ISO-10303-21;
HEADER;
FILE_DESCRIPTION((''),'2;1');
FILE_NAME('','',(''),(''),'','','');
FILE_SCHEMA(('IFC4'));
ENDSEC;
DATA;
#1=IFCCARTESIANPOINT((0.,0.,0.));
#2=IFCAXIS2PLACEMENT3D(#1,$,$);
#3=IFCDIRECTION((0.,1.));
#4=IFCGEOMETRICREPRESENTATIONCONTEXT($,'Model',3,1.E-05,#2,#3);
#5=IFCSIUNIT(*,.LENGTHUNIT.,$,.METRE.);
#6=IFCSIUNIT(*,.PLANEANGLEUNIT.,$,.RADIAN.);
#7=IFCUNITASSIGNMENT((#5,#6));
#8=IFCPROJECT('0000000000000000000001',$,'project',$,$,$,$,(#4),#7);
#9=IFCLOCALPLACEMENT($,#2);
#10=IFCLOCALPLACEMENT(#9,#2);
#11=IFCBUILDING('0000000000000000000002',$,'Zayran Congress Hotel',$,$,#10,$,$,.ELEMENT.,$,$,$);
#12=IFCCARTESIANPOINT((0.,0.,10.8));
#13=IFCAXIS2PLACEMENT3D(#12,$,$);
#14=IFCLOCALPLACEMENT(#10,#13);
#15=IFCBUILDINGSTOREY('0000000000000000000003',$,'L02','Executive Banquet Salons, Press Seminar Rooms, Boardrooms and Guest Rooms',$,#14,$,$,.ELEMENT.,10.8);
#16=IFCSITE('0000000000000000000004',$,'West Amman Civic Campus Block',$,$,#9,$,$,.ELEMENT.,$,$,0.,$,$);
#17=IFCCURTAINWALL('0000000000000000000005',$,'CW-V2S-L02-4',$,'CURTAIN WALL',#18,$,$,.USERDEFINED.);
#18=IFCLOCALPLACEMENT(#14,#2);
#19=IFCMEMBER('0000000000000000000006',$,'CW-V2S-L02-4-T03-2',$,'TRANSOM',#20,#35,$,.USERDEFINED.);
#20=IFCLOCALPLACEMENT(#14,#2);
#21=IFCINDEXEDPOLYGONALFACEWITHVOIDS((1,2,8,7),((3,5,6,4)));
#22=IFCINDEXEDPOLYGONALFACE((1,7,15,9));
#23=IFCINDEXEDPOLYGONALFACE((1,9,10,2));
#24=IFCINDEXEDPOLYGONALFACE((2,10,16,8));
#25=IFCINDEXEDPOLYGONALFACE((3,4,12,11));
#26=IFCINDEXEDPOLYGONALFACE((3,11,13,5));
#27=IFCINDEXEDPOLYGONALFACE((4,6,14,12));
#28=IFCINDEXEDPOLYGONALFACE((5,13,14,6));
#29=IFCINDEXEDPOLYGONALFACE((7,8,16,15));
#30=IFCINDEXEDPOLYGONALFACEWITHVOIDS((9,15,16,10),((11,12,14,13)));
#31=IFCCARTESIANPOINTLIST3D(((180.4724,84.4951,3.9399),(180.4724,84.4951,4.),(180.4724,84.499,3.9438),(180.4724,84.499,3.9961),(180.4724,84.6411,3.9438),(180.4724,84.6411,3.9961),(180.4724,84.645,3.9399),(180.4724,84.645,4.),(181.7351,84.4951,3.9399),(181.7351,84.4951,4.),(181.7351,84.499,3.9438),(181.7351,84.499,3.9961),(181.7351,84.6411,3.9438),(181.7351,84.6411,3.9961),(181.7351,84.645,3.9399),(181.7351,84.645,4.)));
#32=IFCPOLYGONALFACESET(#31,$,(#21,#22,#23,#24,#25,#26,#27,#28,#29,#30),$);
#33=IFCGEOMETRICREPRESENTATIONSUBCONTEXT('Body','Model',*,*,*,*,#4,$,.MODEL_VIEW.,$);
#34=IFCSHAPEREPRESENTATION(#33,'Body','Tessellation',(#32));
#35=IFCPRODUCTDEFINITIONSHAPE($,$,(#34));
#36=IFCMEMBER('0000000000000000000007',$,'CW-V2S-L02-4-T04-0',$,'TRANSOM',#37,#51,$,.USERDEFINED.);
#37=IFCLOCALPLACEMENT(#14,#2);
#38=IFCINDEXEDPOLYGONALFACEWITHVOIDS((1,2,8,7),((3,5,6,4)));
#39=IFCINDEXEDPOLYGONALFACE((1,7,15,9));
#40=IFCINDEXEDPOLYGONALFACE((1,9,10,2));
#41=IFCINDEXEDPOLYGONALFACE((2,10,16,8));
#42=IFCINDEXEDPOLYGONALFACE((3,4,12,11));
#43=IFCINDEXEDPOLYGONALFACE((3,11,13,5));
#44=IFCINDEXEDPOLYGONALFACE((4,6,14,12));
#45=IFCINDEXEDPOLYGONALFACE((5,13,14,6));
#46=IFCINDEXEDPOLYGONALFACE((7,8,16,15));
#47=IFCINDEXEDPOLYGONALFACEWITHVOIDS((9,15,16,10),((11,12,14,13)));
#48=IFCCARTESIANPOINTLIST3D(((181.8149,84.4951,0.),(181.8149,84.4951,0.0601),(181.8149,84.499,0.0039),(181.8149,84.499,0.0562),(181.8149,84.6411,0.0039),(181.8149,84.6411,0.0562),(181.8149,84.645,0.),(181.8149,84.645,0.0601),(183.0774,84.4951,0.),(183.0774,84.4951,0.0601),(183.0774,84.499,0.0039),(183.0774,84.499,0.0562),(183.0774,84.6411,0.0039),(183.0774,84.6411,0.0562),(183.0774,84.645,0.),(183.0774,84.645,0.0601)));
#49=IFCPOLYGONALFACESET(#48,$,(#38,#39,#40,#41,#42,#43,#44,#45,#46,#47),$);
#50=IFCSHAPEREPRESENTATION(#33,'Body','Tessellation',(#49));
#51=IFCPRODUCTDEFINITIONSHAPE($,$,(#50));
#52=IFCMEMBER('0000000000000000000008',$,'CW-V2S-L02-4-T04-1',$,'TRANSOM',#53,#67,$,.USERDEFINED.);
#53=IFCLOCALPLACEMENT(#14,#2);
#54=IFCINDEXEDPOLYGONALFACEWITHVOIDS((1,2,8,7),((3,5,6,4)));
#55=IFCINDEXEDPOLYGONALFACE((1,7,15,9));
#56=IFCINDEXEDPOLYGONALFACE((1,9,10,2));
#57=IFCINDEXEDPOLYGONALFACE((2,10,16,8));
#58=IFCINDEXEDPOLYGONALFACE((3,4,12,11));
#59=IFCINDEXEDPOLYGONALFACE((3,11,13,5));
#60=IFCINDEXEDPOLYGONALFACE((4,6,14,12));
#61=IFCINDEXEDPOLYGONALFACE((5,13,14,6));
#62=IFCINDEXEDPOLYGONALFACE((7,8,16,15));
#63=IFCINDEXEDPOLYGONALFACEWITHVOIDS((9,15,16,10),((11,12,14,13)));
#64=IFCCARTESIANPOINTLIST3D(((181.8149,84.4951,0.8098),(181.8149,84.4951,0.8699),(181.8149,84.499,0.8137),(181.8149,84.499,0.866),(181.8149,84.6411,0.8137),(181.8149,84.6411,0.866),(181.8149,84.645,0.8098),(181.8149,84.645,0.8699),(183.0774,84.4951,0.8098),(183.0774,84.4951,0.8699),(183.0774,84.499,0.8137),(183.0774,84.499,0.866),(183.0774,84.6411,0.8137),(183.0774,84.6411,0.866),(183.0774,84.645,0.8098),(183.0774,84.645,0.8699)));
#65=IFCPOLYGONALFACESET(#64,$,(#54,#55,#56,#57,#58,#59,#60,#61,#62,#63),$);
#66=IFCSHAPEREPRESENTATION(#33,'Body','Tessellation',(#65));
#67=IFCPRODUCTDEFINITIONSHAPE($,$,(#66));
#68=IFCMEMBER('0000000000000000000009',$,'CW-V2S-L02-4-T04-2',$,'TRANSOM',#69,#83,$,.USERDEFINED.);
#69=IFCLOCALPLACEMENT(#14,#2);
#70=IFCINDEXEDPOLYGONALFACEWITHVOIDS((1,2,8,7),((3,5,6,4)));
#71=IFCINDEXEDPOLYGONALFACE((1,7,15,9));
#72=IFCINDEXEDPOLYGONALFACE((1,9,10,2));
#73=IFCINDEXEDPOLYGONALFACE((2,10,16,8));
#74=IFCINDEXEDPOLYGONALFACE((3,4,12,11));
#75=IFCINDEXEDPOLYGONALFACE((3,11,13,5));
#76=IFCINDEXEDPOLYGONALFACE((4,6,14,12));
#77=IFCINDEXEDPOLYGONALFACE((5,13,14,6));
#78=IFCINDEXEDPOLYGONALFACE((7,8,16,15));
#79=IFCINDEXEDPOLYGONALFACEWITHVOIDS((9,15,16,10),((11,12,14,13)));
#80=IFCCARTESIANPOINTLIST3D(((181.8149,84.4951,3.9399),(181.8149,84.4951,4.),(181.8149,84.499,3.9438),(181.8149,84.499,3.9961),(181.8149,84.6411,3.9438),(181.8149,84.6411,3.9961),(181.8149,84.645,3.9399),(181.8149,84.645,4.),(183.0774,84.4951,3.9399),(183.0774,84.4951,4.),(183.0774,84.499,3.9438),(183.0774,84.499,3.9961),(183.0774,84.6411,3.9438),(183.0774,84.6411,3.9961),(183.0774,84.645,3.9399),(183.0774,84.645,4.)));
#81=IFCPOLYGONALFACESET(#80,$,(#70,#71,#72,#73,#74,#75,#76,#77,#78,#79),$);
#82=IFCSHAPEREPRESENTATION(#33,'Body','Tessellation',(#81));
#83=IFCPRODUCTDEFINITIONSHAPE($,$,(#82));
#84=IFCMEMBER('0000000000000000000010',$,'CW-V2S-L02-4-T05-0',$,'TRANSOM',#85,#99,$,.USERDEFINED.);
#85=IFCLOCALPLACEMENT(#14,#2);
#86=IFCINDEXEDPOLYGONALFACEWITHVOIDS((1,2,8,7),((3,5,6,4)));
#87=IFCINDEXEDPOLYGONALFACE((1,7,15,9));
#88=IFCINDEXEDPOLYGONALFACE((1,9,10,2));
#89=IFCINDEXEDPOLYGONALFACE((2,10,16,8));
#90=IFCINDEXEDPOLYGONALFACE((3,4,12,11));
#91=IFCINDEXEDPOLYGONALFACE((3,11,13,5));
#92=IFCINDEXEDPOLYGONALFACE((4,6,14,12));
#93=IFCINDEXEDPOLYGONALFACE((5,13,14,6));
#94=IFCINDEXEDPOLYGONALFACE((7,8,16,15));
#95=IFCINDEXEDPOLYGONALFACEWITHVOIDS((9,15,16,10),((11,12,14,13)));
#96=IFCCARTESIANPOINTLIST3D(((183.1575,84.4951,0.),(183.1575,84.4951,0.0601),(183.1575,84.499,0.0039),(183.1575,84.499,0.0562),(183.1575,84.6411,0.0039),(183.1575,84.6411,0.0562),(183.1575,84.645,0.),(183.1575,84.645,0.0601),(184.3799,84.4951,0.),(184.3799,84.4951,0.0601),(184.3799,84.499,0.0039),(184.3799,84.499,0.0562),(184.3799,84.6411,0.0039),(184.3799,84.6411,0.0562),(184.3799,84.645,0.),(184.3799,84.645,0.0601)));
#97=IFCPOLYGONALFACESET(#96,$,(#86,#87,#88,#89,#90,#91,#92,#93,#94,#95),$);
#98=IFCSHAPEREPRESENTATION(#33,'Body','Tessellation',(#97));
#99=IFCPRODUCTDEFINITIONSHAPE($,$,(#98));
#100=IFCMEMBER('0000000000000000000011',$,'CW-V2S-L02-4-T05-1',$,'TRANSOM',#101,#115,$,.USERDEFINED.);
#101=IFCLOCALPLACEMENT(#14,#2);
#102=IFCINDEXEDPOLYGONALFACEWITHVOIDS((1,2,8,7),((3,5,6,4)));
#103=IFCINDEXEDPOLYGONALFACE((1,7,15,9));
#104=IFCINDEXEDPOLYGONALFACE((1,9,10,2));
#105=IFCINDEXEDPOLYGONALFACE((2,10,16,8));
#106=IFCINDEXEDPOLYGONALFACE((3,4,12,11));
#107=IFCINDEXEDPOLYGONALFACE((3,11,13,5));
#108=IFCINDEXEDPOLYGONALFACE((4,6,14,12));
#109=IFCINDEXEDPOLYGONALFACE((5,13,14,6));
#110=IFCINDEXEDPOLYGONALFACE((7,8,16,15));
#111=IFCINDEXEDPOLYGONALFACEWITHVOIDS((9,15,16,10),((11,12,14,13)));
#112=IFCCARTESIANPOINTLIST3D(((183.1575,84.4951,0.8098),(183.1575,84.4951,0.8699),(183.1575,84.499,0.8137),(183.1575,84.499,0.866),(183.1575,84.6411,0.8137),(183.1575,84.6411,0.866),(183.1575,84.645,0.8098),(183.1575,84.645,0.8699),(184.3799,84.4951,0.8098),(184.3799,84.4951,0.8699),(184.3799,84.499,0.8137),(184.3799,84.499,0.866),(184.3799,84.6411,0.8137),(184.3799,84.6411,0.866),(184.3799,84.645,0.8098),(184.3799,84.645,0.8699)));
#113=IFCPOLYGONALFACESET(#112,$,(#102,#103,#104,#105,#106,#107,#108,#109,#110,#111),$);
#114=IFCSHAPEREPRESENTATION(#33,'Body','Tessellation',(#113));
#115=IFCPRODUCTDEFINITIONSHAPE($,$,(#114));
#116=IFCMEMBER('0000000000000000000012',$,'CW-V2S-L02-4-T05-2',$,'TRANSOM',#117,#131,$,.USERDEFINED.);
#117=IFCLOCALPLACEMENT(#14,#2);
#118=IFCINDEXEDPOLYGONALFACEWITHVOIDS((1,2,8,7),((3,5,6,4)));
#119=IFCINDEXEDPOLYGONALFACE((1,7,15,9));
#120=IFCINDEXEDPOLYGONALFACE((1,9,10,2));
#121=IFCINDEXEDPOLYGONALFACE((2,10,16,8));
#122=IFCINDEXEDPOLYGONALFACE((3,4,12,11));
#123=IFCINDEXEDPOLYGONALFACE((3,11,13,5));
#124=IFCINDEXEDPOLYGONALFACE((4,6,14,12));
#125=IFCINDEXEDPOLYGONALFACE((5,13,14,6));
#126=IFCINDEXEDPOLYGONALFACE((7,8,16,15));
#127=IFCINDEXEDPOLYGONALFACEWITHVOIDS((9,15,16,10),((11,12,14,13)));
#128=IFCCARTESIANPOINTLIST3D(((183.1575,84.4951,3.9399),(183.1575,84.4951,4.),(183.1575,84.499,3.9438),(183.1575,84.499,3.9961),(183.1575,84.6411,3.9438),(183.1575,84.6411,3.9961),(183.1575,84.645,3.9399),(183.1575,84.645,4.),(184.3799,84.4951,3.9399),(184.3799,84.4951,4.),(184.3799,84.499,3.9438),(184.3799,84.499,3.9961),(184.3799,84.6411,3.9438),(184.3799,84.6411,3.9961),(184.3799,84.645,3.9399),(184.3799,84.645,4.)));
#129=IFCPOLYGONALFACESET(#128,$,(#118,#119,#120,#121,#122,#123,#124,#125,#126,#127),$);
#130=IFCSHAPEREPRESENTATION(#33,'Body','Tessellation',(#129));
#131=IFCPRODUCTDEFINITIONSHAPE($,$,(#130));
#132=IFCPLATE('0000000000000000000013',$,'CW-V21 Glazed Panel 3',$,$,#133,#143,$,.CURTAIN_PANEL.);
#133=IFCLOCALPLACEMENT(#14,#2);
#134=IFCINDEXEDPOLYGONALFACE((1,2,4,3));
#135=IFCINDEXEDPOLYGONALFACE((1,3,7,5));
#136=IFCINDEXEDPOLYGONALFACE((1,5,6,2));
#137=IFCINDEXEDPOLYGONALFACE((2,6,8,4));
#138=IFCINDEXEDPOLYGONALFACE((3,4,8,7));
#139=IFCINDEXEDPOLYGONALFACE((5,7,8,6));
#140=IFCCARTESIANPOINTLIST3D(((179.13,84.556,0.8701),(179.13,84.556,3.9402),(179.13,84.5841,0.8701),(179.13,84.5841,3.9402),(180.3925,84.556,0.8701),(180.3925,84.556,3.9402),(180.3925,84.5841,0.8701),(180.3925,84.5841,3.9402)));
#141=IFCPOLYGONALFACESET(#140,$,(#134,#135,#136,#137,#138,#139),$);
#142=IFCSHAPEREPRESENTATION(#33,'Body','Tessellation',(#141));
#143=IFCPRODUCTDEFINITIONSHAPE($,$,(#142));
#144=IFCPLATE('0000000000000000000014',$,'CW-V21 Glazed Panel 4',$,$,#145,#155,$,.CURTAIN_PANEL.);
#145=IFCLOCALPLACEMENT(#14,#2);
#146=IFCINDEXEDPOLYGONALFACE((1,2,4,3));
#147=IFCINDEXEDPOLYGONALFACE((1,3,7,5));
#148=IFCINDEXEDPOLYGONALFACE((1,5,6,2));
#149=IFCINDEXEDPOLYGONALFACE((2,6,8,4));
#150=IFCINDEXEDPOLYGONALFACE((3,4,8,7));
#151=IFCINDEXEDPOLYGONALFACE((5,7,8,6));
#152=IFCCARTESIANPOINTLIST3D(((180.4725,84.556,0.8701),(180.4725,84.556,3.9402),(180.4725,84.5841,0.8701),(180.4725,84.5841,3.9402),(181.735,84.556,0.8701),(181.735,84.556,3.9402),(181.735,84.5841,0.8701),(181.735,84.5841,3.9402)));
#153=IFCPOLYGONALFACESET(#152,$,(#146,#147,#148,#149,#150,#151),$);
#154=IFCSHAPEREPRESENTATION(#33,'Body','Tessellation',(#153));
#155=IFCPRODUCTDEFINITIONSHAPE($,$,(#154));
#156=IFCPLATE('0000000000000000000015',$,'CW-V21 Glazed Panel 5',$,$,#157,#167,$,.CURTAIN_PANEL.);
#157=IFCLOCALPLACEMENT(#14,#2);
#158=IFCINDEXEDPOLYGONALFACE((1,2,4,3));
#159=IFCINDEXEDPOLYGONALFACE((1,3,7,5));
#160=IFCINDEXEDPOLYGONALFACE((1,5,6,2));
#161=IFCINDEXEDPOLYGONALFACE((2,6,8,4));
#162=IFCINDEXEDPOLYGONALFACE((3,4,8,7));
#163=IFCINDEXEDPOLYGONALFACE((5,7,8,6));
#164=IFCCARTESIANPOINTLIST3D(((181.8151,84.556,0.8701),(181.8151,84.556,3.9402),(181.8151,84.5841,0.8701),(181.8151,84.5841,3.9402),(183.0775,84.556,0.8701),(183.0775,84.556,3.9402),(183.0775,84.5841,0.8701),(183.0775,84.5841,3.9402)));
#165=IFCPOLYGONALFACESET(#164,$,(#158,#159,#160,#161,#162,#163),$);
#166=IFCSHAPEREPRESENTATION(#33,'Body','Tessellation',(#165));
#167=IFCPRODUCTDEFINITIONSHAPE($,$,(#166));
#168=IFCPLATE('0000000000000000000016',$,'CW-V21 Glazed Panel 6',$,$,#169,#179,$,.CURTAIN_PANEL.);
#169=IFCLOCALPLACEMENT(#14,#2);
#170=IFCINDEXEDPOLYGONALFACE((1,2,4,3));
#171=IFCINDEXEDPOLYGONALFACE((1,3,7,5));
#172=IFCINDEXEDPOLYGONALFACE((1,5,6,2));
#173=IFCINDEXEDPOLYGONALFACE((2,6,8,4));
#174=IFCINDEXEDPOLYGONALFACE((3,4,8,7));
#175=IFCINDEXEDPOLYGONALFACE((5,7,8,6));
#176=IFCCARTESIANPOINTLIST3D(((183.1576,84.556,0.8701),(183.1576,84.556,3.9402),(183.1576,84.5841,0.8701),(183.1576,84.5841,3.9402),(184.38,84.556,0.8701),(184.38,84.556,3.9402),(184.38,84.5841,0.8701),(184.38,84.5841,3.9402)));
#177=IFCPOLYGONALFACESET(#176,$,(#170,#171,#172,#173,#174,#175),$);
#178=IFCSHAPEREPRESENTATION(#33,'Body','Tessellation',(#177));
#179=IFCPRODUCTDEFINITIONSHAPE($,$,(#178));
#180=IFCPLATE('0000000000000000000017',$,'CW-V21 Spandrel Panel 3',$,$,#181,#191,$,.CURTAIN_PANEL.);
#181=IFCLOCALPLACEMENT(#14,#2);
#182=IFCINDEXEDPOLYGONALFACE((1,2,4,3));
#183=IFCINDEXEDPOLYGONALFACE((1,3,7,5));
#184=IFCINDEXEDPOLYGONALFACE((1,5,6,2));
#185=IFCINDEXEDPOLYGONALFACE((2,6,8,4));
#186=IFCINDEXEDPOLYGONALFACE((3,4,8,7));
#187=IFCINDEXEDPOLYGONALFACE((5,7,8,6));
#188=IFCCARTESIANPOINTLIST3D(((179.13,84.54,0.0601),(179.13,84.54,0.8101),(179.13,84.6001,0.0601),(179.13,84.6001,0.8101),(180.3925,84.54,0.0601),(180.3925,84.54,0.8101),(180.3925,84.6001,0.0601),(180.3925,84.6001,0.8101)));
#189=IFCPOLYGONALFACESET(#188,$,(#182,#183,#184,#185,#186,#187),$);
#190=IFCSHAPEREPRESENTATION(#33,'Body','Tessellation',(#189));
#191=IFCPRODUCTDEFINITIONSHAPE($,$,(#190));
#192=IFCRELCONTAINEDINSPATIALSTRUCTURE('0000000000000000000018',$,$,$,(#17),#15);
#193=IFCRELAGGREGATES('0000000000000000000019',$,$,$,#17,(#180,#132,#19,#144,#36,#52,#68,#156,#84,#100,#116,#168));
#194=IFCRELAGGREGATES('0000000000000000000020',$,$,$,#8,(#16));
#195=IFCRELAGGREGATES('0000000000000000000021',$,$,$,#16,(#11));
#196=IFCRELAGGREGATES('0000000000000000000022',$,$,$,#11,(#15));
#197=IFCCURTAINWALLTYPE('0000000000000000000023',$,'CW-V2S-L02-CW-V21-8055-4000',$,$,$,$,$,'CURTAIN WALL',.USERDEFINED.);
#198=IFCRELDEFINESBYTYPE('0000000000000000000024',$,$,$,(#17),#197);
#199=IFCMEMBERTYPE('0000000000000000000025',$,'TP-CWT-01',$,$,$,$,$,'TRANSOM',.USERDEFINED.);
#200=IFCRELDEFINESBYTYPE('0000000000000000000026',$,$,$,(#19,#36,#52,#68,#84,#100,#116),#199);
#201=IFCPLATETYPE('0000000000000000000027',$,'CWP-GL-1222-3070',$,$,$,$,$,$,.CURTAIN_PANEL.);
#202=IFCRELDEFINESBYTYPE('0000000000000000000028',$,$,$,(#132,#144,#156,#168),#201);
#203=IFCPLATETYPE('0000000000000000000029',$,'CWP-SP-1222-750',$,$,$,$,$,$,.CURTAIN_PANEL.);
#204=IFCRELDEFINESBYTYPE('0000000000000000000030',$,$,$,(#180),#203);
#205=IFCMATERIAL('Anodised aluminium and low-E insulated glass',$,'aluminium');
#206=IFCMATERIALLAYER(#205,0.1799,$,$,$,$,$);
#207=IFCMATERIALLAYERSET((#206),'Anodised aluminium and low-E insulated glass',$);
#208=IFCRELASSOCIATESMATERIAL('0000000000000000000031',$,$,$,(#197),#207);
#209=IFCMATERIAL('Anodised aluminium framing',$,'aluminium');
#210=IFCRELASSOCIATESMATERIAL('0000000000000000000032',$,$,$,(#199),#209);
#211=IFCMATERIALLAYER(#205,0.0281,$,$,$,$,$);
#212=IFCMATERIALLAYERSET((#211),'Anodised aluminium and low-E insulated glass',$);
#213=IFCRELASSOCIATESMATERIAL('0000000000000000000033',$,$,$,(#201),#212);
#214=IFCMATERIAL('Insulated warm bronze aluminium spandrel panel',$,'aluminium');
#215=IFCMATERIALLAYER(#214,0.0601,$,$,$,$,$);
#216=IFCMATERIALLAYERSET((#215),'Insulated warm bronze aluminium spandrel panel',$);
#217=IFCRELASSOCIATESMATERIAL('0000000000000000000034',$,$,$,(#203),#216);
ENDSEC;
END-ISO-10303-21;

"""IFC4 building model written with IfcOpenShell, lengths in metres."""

from ifc_helpers import new_model, si_unit, direction, frame, origin, origin_2d, place, context, subcontext, project, spatial, rectangle, hollow_rectangle, extrude, material, layer, layer_set, material_profile, profile_set, type_object, element, aggregate, save


model = new_model("IFC4")

# Units and contexts
model_context = context("Model", 3, precision=1e-05, world=origin(), true_north=direction((0.0, 1.0)))
body_context = subcontext(model_context, "Body", "Model", "MODEL_VIEW")
ifc_project = project(units=[si_unit("LENGTHUNIT", "METRE"), si_unit("PLANEANGLEUNIT", "RADIAN")], contexts=[model_context])

# Site, building, storey
site_placement = place(None, origin())
site = spatial("IfcSite", under=ifc_project, at=site_placement, Name="West Amman Civic Campus Block", CompositionType="ELEMENT", RefElevation=0.0)
building_placement = place(site_placement, origin())
building = spatial("IfcBuilding", under=site, at=building_placement, Name="Zayran Congress Hotel", CompositionType="ELEMENT")
storey_placement = place(building_placement, frame((0.0, 0.0, 10.8)))
storey = spatial("IfcBuildingStorey", under=building, at=storey_placement, Name="L02", Description="Executive Banquet Salons, Press Seminar Rooms, Boardrooms and Guest Rooms", CompositionType="ELEMENT", Elevation=10.8)

# Curtain wall, members, plates
ifc_material_1 = material(Name="Anodised aluminium and low-E insulated glass", Category="aluminium")
ifc_layer_1 = layer(ifc_material_1, 0.1799)
ifc_layer_set_1 = layer_set([ifc_layer_1], Name="Anodised aluminium and low-E insulated glass")
curtain_wall_type = type_object("IfcCurtainWallType", Name="CW-V2S-L02-CW-V21-8055-4000", ElementType="CURTAIN WALL", PredefinedType="USERDEFINED", material=ifc_layer_set_1)
curtain_wall_placement = place(storey_placement, origin())
curtain_wall = element("IfcCurtainWall", 1, at=curtain_wall_placement, inside=storey, type_object=curtain_wall_type, Name="CW-V2S-L02-4", ObjectType="CURTAIN WALL", PredefinedType="USERDEFINED")
ifc_material_2 = material(Name="Anodised aluminium framing", Category="aluminium")
ifc_material_profile_1 = material_profile(ifc_material_2, hollow_rectangle(XDim=0.0601, YDim=0.1499, WallThickness=0.0039, at=origin_2d()), Name="RHS 150x60x4")
ifc_profile_set_1 = profile_set([ifc_material_profile_1], Name="Anodised aluminium framing")
member_type_1 = type_object("IfcMemberType", Name="TP-CWT-01", ElementType="TRANSOM", PredefinedType="USERDEFINED", material=ifc_profile_set_1)
member_1_placement = place(storey_placement, frame((180.4724, 84.5701, 3.97), z_axis=(1.0, 0.0, 0.0), x_axis=(0.0, 0.0, 1.0)))
member_1 = element("IfcMember", 2, at=member_1_placement, type_object=member_type_1, Name="CW-V2S-L02-4-T03-2", ObjectType="TRANSOM", PredefinedType="USERDEFINED", context=body_context, shape_type="SweptSolid", body=[
    extrude(hollow_rectangle(XDim=0.0601, YDim=0.1499, WallThickness=0.0039, at=origin_2d()), origin(), (0.0, 0.0, 1.0), 1.2627),
])
member_2_placement = place(storey_placement, frame((181.8149, 84.5701, 0.03), z_axis=(1.0, 0.0, 0.0), x_axis=(0.0, 0.0, 1.0)))
member_2 = element("IfcMember", 3, at=member_2_placement, type_object=member_type_1, Name="CW-V2S-L02-4-T04-0", ObjectType="TRANSOM", PredefinedType="USERDEFINED", context=body_context, shape_type="SweptSolid", body=[
    extrude(hollow_rectangle(XDim=0.0601, YDim=0.1499, WallThickness=0.0039, at=origin_2d()), origin(), (0.0, 0.0, 1.0), 1.2625),
])
member_3_placement = place(storey_placement, frame((181.8149, 84.5701, 0.8398), z_axis=(1.0, 0.0, 0.0), x_axis=(0.0, 0.0, 1.0)))
member_3 = element("IfcMember", 4, at=member_3_placement, type_object=member_type_1, Name="CW-V2S-L02-4-T04-1", ObjectType="TRANSOM", PredefinedType="USERDEFINED", context=body_context, shape_type="SweptSolid", body=[
    extrude(hollow_rectangle(XDim=0.0601, YDim=0.1499, WallThickness=0.0039, at=origin_2d()), origin(), (0.0, 0.0, 1.0), 1.2625),
])
member_4_placement = place(storey_placement, frame((181.8149, 84.5701, 3.97), z_axis=(1.0, 0.0, 0.0), x_axis=(0.0, 0.0, 1.0)))
member_4 = element("IfcMember", 5, at=member_4_placement, type_object=member_type_1, Name="CW-V2S-L02-4-T04-2", ObjectType="TRANSOM", PredefinedType="USERDEFINED", context=body_context, shape_type="SweptSolid", body=[
    extrude(hollow_rectangle(XDim=0.0601, YDim=0.1499, WallThickness=0.0039, at=origin_2d()), origin(), (0.0, 0.0, 1.0), 1.2625),
])
member_5_placement = place(storey_placement, frame((183.1575, 84.5701, 0.03), z_axis=(1.0, 0.0, 0.0), x_axis=(0.0, 0.0, 1.0)))
member_5 = element("IfcMember", 6, at=member_5_placement, type_object=member_type_1, Name="CW-V2S-L02-4-T05-0", ObjectType="TRANSOM", PredefinedType="USERDEFINED", context=body_context, shape_type="SweptSolid", body=[
    extrude(hollow_rectangle(XDim=0.0601, YDim=0.1499, WallThickness=0.0039, at=origin_2d()), origin(), (0.0, 0.0, 1.0), 1.2224),
])
member_6_placement = place(storey_placement, frame((183.1575, 84.5701, 0.8398), z_axis=(1.0, 0.0, 0.0), x_axis=(0.0, 0.0, 1.0)))
member_6 = element("IfcMember", 7, at=member_6_placement, type_object=member_type_1, Name="CW-V2S-L02-4-T05-1", ObjectType="TRANSOM", PredefinedType="USERDEFINED", context=body_context, shape_type="SweptSolid", body=[
    extrude(hollow_rectangle(XDim=0.0601, YDim=0.1499, WallThickness=0.0039, at=origin_2d()), origin(), (0.0, 0.0, 1.0), 1.2224),
])
member_7_placement = place(storey_placement, frame((183.1575, 84.5701, 3.97), z_axis=(1.0, 0.0, 0.0), x_axis=(0.0, 0.0, 1.0)))
member_7 = element("IfcMember", 8, at=member_7_placement, type_object=member_type_1, Name="CW-V2S-L02-4-T05-2", ObjectType="TRANSOM", PredefinedType="USERDEFINED", context=body_context, shape_type="SweptSolid", body=[
    extrude(hollow_rectangle(XDim=0.0601, YDim=0.1499, WallThickness=0.0039, at=origin_2d()), origin(), (0.0, 0.0, 1.0), 1.2224),
])
ifc_layer_2 = layer(ifc_material_1, 0.0281)
ifc_layer_set_2 = layer_set([ifc_layer_2], Name="Anodised aluminium and low-E insulated glass")
plate_type_1 = type_object("IfcPlateType", Name="CWP-GL-1222-3070", PredefinedType="CURTAIN_PANEL", material=ifc_layer_set_2)
plate_1_placement = place(storey_placement, frame((179.7612, 84.5701, 0.8701), z_axis=(0.0, 0.0, 1.0), x_axis=(1.0, 0.0, 0.0)))
plate_1 = element("IfcPlate", 9, at=plate_1_placement, type_object=plate_type_1, Name="CW-V21 Glazed Panel 3", PredefinedType="CURTAIN_PANEL", context=body_context, shape_type="SweptSolid", body=[
    extrude(rectangle(XDim=1.2625, YDim=0.0281, at=origin_2d()), origin(), (0.0, 0.0, 1.0), 3.0701),
])
plate_2_placement = place(storey_placement, frame((181.1038, 84.5701, 0.8701), z_axis=(0.0, 0.0, 1.0), x_axis=(1.0, 0.0, 0.0)))
plate_2 = element("IfcPlate", 10, at=plate_2_placement, type_object=plate_type_1, Name="CW-V21 Glazed Panel 4", PredefinedType="CURTAIN_PANEL", context=body_context, shape_type="SweptSolid", body=[
    extrude(rectangle(XDim=1.2625, YDim=0.0281, at=origin_2d()), origin(), (0.0, 0.0, 1.0), 3.0701),
])
plate_3_placement = place(storey_placement, frame((182.4463, 84.5701, 0.8701), z_axis=(0.0, 0.0, 1.0), x_axis=(1.0, 0.0, 0.0)))
plate_3 = element("IfcPlate", 11, at=plate_3_placement, type_object=plate_type_1, Name="CW-V21 Glazed Panel 5", PredefinedType="CURTAIN_PANEL", context=body_context, shape_type="SweptSolid", body=[
    extrude(rectangle(XDim=1.2625, YDim=0.0281, at=origin_2d()), origin(), (0.0, 0.0, 1.0), 3.0701),
])
plate_4_placement = place(storey_placement, frame((183.7688, 84.5701, 0.8701), z_axis=(0.0, 0.0, 1.0), x_axis=(1.0, 0.0, 0.0)))
plate_4 = element("IfcPlate", 12, at=plate_4_placement, type_object=plate_type_1, Name="CW-V21 Glazed Panel 6", PredefinedType="CURTAIN_PANEL", context=body_context, shape_type="SweptSolid", body=[
    extrude(rectangle(XDim=1.2224, YDim=0.0281, at=origin_2d()), origin(), (0.0, 0.0, 1.0), 3.0701),
])
ifc_material_3 = material(Name="Insulated warm bronze aluminium spandrel panel", Category="aluminium")
ifc_layer_3 = layer(ifc_material_3, 0.0601)
ifc_layer_set_3 = layer_set([ifc_layer_3], Name="Insulated warm bronze aluminium spandrel panel")
plate_type_2 = type_object("IfcPlateType", Name="CWP-SP-1222-750", PredefinedType="CURTAIN_PANEL", material=ifc_layer_set_3)
plate_5_placement = place(storey_placement, frame((179.7612, 84.5701, 0.0601), z_axis=(0.0, 0.0, 1.0), x_axis=(1.0, 0.0, 0.0)))
plate_5 = element("IfcPlate", 13, at=plate_5_placement, type_object=plate_type_2, Name="CW-V21 Spandrel Panel 3", PredefinedType="CURTAIN_PANEL", context=body_context, shape_type="SweptSolid", body=[
    extrude(rectangle(XDim=1.2625, YDim=0.0601, at=origin_2d()), origin(), (0.0, 0.0, 1.0), 0.75),
])
aggregate(curtain_wall, [plate_5, plate_1, member_1, plate_2, member_2, member_3, member_4, plate_3, member_5, member_6, member_7, plate_4])

save(model, "model.ifc")
